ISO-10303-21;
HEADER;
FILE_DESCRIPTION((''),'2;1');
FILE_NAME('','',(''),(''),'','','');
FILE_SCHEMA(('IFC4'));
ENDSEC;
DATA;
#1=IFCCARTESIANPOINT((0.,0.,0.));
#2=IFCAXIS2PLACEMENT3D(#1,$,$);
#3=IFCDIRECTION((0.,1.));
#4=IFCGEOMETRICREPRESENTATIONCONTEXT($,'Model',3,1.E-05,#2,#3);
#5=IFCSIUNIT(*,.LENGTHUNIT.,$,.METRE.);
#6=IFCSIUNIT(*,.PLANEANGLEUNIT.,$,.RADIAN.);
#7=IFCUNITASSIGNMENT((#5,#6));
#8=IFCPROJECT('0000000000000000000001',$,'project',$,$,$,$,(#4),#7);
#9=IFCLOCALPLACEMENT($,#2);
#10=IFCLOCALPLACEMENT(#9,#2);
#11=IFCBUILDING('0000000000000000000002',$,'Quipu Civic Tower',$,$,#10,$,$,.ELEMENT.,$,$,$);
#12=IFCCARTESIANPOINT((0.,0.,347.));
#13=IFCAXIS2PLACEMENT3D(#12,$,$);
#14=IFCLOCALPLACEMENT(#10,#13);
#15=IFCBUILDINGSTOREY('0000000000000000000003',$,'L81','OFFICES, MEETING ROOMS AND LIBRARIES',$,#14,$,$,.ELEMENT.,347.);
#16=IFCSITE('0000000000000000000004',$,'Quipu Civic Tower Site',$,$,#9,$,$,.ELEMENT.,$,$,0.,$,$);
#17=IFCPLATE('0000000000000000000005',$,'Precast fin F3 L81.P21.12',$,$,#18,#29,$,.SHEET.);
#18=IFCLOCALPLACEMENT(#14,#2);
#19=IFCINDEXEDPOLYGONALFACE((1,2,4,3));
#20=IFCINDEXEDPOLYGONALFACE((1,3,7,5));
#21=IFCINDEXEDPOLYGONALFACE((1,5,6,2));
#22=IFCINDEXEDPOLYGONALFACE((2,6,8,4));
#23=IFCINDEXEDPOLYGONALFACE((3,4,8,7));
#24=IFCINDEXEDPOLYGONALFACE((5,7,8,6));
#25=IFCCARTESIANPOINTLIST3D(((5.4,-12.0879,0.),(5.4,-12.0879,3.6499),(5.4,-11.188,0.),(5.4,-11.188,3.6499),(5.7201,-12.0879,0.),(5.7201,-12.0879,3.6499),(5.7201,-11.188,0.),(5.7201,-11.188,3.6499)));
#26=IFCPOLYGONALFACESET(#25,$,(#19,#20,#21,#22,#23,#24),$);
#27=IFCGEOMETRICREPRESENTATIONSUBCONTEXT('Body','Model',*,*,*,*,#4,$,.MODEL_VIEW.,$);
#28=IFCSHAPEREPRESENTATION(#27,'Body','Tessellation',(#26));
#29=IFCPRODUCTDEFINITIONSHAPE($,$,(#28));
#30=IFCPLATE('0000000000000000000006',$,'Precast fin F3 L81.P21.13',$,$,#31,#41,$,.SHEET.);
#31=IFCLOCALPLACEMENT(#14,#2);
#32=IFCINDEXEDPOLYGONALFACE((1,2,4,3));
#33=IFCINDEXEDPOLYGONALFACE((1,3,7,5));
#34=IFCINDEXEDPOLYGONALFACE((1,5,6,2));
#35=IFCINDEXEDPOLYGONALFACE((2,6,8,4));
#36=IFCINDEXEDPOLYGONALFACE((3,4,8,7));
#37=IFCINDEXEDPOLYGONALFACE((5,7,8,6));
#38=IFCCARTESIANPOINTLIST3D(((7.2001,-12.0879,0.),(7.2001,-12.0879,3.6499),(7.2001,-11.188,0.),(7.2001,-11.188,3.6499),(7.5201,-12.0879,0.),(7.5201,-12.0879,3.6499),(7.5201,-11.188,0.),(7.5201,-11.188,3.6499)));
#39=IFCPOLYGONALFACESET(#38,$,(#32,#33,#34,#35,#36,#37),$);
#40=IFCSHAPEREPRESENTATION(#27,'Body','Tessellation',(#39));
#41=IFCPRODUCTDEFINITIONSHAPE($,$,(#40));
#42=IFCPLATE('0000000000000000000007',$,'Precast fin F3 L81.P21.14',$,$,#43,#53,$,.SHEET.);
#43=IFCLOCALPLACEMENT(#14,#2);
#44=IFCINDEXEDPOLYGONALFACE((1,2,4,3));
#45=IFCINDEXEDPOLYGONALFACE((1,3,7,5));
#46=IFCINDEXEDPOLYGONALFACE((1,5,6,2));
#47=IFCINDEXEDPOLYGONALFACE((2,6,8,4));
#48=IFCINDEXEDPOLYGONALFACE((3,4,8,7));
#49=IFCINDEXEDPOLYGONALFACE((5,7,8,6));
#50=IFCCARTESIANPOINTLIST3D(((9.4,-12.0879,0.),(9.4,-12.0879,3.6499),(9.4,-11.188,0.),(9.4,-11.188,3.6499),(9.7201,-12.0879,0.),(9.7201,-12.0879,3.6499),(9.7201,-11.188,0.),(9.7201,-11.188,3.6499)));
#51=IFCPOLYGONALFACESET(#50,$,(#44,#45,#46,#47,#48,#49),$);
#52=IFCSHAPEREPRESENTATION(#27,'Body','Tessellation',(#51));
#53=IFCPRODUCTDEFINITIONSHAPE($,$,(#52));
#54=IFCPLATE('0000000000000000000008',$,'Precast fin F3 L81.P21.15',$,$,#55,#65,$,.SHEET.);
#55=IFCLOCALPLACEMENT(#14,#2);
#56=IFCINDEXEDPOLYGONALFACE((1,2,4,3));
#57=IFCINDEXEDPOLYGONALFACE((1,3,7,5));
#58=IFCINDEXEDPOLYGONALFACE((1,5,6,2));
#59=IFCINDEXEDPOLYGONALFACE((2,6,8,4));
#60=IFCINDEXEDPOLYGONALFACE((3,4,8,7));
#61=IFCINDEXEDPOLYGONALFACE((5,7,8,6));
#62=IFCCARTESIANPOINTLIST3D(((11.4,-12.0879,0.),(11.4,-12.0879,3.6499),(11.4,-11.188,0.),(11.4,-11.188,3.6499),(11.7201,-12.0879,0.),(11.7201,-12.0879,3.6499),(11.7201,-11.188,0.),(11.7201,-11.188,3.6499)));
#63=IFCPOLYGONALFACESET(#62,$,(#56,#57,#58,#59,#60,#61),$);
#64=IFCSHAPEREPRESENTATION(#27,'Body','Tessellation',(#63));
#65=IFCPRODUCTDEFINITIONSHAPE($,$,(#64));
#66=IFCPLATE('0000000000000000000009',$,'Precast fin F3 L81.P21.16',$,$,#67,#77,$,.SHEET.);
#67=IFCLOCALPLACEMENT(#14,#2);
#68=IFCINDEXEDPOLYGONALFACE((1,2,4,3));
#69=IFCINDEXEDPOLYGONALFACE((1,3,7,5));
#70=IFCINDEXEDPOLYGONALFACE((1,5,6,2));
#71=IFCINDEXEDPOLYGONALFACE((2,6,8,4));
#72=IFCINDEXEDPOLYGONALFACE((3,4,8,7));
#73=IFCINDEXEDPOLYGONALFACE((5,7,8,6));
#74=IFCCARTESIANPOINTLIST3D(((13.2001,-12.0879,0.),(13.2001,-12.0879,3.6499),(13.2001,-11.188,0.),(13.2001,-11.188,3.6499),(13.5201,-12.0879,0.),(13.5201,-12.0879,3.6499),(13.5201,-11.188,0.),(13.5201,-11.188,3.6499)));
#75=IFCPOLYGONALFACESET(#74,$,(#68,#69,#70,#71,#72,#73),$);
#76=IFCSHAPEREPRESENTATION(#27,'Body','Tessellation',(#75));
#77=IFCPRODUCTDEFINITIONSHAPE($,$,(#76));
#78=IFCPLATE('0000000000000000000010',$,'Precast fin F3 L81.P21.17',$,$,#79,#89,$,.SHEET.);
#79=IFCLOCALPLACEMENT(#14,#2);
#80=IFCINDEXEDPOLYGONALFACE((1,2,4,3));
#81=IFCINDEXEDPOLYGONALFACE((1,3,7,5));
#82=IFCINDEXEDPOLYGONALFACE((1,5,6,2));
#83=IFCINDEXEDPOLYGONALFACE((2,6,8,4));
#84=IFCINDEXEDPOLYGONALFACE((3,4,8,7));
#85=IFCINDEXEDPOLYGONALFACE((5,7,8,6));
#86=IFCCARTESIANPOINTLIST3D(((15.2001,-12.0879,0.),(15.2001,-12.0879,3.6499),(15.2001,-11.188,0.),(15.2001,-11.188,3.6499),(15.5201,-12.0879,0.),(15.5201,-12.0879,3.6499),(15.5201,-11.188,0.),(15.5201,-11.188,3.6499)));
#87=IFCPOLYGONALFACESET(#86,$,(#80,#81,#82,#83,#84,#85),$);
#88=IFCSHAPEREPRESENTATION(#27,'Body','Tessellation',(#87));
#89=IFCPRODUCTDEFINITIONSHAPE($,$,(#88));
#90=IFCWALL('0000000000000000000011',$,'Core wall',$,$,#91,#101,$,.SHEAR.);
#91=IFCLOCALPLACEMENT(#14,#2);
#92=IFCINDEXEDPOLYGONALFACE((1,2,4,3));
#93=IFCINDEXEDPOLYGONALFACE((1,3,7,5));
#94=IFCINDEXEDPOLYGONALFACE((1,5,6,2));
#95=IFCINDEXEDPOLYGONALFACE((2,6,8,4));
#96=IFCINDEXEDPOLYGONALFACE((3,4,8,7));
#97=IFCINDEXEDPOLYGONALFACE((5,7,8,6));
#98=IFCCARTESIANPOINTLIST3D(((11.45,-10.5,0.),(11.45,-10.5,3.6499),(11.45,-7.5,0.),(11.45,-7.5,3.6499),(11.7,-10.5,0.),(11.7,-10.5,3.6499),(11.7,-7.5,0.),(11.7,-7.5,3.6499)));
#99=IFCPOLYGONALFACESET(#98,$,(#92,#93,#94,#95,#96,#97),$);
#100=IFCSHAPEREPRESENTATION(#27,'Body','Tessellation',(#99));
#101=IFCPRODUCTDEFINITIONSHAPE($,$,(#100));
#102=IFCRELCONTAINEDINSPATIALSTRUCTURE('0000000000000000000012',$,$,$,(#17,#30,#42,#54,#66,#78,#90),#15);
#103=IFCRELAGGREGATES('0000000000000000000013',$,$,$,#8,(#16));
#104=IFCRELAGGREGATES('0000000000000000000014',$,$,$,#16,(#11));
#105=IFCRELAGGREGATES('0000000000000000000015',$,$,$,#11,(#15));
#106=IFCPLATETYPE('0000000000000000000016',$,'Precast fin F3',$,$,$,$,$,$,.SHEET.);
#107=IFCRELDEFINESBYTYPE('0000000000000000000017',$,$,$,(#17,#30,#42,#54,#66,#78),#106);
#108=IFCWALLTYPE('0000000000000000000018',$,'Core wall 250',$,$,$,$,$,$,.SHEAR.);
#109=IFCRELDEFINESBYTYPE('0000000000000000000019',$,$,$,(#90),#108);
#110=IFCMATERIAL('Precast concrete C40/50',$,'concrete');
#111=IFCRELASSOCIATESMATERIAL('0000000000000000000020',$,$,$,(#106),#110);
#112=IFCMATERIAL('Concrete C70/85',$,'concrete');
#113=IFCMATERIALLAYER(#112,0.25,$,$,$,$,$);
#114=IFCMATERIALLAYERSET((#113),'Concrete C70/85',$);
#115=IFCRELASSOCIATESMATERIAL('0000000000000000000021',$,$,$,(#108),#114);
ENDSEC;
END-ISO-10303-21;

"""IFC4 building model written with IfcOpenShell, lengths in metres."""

from ifc_helpers import new_model, si_unit, direction, frame, frame_2d, origin, origin_2d, place, context, subcontext, project, spatial, rectangle, extrude, material, layer, layer_set, type_object, element, save


model = new_model("IFC4")

# Units and contexts
model_context = context("Model", 3, precision=1e-05, world=origin(), true_north=direction((0.0, 1.0)))
body_context = subcontext(model_context, "Body", "Model", "MODEL_VIEW")
ifc_project = project(units=[si_unit("LENGTHUNIT", "METRE"), si_unit("PLANEANGLEUNIT", "RADIAN")], contexts=[model_context])

# Site, building, storey
site_placement = place(None, origin())
site = spatial("IfcSite", under=ifc_project, at=site_placement, Name="Quipu Civic Tower Site", CompositionType="ELEMENT", RefElevation=0.0)
building_placement = place(site_placement, origin())
building = spatial("IfcBuilding", under=site, at=building_placement, Name="Quipu Civic Tower", CompositionType="ELEMENT")
storey_placement = place(building_placement, frame((0.0, 0.0, 347.0)))
storey = spatial("IfcBuildingStorey", under=building, at=storey_placement, Name="L81", Description="OFFICES, MEETING ROOMS AND LIBRARIES", CompositionType="ELEMENT", Elevation=347.0)

# Plates
ifc_material_1 = material(Name="Precast concrete C40/50", Category="concrete")
plate_type = type_object("IfcPlateType", Name="Precast fin F3", PredefinedType="SHEET", material=ifc_material_1)
for number, where, z_axis, x_axis, name in (
    (1, (5.5601, -11.6379, 0.0), (0.0, 0.0, 1.0), (1.0, 0.0, 0.0), "Precast fin F3 L81.P21.12"),
    (2, (7.3601, -11.6379, 0.0), (0.0, 0.0, 1.0), (1.0, 0.0, 0.0), "Precast fin F3 L81.P21.13"),
    (3, (9.5601, -11.6379, 0.0), (0.0, 0.0, 1.0), (1.0, 0.0, 0.0), "Precast fin F3 L81.P21.14"),
    (4, (11.5601, -11.6379, 0.0), (0.0, 0.0, 1.0), (1.0, 0.0, 0.0), "Precast fin F3 L81.P21.15"),
    (5, (13.3601, -11.6379, 0.0), (0.0, 0.0, 1.0), (1.0, 0.0, 0.0), "Precast fin F3 L81.P21.16"),
    (6, (15.3601, -11.6379, 0.0), (0.0, 0.0, 1.0), (1.0, 0.0, 0.0), "Precast fin F3 L81.P21.17"),
):
    element("IfcPlate", number, at=place(storey_placement, frame(where, z_axis=z_axis, x_axis=x_axis)), inside=storey, type_object=plate_type, Name=name, PredefinedType="SHEET", context=body_context, shape_type="SweptSolid", body=[
        extrude(rectangle(XDim=0.3201, YDim=0.8999, at=origin_2d()), origin(), (0.0, 0.0, 1.0), 3.6499),
    ])

# Wall
ifc_material_2 = material(Name="Concrete C70/85", Category="concrete")
ifc_layer_1 = layer(ifc_material_2, 0.25)
ifc_layer_set_1 = layer_set([ifc_layer_1], Name="Concrete C70/85")
wall_type_1 = type_object("IfcWallType", Name="Core wall 250", PredefinedType="SHEAR", material=ifc_layer_set_1)
wall_1_placement = place(storey_placement, frame((11.575, -10.5, 0.0), z_axis=(0.0, 0.0, 1.0), x_axis=(0.0, 1.0, 0.0)))
element("IfcWall", 7, at=wall_1_placement, inside=storey, type_object=wall_type_1, Name="Core wall", PredefinedType="SHEAR", context=body_context, shape_type="SweptSolid", body=[
    extrude(rectangle(XDim=3.0, YDim=0.25, at=frame_2d((1.5, 0.0))), origin(), (0.0, 0.0, 1.0), 3.6499),
])

save(model, "model.ifc")
